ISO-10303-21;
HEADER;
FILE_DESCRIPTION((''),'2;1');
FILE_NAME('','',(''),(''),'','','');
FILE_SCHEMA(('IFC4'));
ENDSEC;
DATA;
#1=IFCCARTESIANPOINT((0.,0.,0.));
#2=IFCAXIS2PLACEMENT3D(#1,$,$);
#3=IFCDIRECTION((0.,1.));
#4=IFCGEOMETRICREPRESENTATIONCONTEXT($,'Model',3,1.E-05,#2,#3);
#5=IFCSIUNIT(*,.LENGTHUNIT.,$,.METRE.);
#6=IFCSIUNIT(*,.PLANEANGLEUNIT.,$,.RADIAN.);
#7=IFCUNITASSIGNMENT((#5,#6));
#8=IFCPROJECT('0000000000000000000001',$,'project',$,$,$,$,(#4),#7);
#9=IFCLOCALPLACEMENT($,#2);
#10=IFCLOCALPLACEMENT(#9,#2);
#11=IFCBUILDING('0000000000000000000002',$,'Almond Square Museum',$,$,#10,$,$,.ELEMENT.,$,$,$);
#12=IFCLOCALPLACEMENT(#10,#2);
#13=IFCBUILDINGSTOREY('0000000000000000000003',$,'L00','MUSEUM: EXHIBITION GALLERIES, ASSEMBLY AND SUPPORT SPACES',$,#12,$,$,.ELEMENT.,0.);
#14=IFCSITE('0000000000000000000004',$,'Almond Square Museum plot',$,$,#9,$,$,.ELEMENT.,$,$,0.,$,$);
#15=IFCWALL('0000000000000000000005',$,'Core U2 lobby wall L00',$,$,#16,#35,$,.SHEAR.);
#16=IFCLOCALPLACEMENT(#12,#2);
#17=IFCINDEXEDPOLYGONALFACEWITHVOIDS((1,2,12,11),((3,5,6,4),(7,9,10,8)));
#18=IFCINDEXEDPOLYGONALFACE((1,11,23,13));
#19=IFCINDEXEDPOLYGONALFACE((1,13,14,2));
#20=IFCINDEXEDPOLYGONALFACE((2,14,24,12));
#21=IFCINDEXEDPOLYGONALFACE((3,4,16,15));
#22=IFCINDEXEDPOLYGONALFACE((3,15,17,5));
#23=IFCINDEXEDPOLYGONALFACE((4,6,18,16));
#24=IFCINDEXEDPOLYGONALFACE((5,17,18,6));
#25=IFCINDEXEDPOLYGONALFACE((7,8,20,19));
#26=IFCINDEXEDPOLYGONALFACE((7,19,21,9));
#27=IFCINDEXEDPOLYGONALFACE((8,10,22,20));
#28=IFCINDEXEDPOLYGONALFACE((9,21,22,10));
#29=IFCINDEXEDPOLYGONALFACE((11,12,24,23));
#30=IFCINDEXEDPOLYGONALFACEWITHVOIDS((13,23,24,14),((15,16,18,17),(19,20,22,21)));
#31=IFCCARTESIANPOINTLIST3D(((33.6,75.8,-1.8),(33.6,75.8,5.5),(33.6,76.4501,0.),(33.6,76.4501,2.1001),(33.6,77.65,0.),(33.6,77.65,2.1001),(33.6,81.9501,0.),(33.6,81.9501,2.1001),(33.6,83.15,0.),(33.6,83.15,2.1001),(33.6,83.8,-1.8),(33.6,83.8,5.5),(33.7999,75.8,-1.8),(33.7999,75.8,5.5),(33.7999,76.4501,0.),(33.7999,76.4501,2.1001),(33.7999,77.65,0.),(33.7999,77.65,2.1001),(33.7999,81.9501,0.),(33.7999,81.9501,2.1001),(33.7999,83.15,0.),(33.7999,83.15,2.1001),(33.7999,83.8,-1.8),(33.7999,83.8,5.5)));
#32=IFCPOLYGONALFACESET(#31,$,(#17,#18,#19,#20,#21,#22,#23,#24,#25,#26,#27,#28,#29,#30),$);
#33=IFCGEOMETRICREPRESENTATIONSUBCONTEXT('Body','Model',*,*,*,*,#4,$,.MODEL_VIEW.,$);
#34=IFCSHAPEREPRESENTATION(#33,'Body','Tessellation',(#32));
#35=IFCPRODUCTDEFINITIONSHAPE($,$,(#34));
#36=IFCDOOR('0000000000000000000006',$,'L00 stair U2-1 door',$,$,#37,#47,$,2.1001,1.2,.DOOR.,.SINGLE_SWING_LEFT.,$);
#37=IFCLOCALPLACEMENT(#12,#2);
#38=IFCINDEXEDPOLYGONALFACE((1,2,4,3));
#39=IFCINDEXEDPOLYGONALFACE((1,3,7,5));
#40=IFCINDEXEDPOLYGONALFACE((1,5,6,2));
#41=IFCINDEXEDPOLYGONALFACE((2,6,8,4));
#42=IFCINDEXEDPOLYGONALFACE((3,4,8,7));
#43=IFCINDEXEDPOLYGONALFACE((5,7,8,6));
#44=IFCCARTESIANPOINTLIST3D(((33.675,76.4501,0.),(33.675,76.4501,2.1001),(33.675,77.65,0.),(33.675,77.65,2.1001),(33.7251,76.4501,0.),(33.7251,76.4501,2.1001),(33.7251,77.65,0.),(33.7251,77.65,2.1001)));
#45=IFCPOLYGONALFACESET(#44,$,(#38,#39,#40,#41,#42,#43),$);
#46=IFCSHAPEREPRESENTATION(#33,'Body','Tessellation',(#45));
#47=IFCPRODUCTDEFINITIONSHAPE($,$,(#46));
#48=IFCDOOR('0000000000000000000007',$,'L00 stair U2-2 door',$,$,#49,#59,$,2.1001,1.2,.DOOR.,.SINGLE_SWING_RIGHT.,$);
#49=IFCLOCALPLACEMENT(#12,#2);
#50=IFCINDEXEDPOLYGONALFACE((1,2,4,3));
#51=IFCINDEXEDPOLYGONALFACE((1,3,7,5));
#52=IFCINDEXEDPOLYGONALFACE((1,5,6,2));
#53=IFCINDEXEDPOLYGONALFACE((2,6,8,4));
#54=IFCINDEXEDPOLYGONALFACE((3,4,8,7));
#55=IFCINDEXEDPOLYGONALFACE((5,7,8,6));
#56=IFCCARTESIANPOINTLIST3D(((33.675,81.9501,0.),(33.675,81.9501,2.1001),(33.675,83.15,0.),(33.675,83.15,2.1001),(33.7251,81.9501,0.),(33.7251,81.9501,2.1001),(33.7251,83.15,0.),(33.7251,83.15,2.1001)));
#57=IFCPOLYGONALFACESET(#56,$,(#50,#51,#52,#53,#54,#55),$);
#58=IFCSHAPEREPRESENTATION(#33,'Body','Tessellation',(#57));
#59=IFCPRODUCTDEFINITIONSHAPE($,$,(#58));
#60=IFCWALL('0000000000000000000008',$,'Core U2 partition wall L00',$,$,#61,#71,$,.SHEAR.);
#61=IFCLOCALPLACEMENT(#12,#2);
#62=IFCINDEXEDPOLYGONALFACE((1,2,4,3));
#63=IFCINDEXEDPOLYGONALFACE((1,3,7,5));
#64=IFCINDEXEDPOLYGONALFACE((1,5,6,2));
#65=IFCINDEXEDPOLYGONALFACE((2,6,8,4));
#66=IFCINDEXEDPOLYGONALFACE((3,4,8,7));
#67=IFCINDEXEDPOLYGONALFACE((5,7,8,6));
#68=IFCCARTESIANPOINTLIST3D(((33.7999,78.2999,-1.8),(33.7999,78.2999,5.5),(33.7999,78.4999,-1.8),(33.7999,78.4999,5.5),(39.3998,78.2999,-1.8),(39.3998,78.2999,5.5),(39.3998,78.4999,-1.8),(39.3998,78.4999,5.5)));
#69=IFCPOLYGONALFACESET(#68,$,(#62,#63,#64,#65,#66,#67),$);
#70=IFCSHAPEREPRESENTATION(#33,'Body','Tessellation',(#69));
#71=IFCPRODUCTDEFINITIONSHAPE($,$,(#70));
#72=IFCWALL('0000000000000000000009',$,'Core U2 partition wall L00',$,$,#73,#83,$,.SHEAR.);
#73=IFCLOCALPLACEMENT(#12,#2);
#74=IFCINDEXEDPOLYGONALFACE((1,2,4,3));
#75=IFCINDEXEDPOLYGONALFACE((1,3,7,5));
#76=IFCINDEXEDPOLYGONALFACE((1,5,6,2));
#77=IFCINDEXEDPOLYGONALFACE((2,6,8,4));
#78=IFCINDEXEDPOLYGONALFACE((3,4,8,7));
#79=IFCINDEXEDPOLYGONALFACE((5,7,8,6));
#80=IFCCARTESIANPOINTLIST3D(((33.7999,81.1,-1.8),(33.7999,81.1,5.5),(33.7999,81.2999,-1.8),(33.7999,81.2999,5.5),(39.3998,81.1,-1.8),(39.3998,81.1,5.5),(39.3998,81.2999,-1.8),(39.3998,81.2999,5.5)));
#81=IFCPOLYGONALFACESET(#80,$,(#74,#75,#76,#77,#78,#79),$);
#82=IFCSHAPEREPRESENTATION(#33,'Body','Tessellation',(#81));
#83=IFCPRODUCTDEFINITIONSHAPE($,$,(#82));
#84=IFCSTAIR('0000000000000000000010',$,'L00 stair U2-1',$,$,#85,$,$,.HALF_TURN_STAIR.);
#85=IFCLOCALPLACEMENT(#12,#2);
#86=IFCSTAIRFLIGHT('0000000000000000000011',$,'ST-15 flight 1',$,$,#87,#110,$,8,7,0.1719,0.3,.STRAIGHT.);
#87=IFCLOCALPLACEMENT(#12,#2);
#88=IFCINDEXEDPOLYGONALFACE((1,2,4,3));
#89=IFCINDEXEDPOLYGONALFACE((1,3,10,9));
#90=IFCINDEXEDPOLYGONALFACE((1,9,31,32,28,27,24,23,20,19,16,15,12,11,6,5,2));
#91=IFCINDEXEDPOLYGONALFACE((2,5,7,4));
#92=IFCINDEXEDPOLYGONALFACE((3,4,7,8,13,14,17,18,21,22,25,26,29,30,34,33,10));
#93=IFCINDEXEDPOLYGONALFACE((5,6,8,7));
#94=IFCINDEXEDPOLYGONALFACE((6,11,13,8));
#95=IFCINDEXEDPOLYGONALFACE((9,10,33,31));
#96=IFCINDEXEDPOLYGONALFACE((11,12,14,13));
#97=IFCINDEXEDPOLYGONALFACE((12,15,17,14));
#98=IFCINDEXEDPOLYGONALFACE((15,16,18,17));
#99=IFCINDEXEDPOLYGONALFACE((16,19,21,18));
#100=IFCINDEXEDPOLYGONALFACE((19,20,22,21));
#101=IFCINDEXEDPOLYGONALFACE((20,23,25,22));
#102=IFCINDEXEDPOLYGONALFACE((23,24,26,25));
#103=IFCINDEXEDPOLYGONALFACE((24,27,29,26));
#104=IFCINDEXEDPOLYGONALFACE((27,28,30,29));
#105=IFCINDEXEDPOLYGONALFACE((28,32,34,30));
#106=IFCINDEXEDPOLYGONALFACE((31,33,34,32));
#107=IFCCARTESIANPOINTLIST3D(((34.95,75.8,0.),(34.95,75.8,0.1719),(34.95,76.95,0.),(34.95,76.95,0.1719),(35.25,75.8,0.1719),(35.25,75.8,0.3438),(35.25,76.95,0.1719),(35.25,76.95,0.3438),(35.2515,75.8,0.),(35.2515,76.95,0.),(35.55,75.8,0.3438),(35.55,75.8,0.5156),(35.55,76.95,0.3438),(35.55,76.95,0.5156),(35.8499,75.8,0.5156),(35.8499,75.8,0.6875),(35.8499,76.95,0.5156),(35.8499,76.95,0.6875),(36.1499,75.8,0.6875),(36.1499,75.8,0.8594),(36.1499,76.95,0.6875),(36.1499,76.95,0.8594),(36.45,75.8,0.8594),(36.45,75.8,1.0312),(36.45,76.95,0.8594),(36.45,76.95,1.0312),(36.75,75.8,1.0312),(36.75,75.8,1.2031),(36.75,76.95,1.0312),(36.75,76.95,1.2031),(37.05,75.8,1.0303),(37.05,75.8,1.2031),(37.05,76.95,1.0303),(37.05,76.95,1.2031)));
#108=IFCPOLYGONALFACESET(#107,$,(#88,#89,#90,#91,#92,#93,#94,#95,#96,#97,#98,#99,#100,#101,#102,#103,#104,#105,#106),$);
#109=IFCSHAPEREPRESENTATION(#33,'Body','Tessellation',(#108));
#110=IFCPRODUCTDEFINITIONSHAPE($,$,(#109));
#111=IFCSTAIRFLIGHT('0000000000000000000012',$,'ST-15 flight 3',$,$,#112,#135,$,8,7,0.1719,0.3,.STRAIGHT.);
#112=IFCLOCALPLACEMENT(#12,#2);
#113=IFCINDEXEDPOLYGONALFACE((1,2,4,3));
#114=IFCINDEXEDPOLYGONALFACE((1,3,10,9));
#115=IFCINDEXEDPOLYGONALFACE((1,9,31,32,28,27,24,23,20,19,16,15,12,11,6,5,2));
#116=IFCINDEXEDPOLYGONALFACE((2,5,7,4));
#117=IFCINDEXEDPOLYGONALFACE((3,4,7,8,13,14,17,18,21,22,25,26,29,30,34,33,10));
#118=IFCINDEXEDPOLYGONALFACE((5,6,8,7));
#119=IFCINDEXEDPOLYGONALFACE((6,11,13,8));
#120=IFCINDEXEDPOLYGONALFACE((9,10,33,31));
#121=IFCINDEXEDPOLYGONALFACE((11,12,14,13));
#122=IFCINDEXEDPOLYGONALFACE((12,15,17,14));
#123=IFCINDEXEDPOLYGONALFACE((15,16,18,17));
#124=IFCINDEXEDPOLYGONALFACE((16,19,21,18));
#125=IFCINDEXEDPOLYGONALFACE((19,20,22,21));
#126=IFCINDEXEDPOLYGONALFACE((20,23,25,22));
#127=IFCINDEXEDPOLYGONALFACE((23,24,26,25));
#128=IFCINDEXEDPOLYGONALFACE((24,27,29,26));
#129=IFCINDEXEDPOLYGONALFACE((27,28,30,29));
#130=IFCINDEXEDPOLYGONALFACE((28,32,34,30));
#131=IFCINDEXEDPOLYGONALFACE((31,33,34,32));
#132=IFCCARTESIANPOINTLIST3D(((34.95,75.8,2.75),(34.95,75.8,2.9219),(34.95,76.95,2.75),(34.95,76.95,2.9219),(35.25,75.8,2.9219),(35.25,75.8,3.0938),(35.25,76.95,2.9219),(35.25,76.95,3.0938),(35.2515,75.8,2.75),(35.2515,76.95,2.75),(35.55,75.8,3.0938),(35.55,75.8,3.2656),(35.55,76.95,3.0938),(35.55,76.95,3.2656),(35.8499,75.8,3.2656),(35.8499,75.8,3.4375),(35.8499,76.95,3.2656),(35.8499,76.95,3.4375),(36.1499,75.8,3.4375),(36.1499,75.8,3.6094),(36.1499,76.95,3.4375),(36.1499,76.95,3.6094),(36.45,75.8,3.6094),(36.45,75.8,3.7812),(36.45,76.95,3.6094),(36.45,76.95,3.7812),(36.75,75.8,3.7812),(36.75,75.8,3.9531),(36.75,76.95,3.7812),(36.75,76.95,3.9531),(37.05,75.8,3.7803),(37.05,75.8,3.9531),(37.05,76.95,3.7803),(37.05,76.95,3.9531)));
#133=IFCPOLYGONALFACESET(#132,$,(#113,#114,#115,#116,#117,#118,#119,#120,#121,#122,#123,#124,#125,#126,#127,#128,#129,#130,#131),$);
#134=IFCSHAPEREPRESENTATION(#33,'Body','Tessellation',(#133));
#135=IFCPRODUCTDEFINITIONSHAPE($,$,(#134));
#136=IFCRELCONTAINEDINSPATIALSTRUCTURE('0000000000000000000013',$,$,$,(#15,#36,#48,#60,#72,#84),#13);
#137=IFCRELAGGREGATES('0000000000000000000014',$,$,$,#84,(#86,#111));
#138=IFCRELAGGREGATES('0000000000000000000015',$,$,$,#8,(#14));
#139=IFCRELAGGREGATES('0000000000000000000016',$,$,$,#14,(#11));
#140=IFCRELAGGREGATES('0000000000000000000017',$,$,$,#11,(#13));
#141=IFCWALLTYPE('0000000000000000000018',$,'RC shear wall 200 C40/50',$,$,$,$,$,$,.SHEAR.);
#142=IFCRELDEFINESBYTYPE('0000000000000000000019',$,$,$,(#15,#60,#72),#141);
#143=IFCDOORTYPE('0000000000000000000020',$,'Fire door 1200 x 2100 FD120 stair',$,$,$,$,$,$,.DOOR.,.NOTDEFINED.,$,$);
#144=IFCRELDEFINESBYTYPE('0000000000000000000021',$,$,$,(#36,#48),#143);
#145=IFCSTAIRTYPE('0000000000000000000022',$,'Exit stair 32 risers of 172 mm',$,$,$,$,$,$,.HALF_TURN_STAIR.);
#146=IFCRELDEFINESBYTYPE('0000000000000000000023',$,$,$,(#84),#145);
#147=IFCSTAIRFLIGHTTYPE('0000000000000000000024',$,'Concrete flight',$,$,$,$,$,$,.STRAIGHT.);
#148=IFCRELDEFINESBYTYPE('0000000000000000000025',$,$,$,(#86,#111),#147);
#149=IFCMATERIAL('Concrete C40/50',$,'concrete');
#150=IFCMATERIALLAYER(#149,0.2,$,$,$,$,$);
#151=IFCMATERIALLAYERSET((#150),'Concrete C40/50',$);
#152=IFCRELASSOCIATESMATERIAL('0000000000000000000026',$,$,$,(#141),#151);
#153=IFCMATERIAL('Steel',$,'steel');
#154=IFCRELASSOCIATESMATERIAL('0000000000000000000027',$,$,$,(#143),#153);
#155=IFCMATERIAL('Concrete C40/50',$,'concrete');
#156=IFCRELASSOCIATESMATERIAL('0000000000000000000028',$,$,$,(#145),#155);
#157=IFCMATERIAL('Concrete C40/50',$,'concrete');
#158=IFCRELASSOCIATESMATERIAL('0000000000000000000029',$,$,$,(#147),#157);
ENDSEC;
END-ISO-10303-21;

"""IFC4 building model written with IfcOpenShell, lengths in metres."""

from ifc_helpers import new_model, si_unit, direction, frame, frame_2d, origin, place, context, subcontext, project, spatial, polyline, rectangle, outline, extrude, material, layer, layer_set, type_object, element, fill, aggregate, save


model = new_model("IFC4")

# Units and contexts
model_context = context("Model", 3, precision=1e-05, world=origin(), true_north=direction((0.0, 1.0)))
body_context = subcontext(model_context, "Body", "Model", "MODEL_VIEW")
ifc_project = project(units=[si_unit("LENGTHUNIT", "METRE"), si_unit("PLANEANGLEUNIT", "RADIAN")], contexts=[model_context])

# Site, building, storey
site_placement = place(None, origin())
site = spatial("IfcSite", under=ifc_project, at=site_placement, Name="Almond Square Museum plot", CompositionType="ELEMENT", RefElevation=0.0)
building_placement = place(site_placement, origin())
building = spatial("IfcBuilding", under=site, at=building_placement, Name="Almond Square Museum", CompositionType="ELEMENT")
storey_placement = place(building_placement, origin())
storey = spatial("IfcBuildingStorey", under=building, at=storey_placement, Name="L00", Description="MUSEUM: EXHIBITION GALLERIES, ASSEMBLY AND SUPPORT SPACES", CompositionType="ELEMENT", Elevation=0.0)

# Shared definitions
ifc_material_1 = material(Name="Concrete C40/50", Category="concrete")
ifc_layer = layer(ifc_material_1, 0.2)
ifc_layer_set = layer_set([ifc_layer], Name="Concrete C40/50")
wall_type = type_object("IfcWallType", Name="RC shear wall 200 C40/50", PredefinedType="SHEAR", material=ifc_layer_set)

# Wall, openings, doors
wall_1_placement = place(storey_placement, frame((33.7, 75.8, -1.8), z_axis=(0.0, 0.0, 1.0), x_axis=(0.0, 1.0, 0.0)))
wall_1 = element("IfcWall", 1, at=wall_1_placement, inside=storey, type_object=wall_type, Name="Core U2 lobby wall L00", PredefinedType="SHEAR", context=body_context, shape_type="SweptSolid", body=[
    extrude(rectangle(XDim=8.0, YDim=0.2, at=frame_2d((4.0, 0.0))), origin(), (0.0, 0.0, 1.0), 7.3),
])
opening_1_placement = place(wall_1_placement, frame((0.6499, 0.0, 1.8)))
opening_1 = element("IfcOpeningElement", 2, at=opening_1_placement, cuts=wall_1, PredefinedType="OPENING", context=body_context, shape_type="SweptSolid", body=[
    extrude(rectangle(XDim=1.2, YDim=2.1001, at=frame_2d((0.6001, 1.05))), frame((0.0, 0.1099, 0.0), z_axis=(0.0, -1.0, 0.0), x_axis=(1.0, 0.0, 0.0)), (0.0, 0.0, 1.0), 0.22),
])
opening_2_placement = place(wall_1_placement, frame((6.1499, 0.0, 1.8)))
opening_2 = element("IfcOpeningElement", 3, at=opening_2_placement, cuts=wall_1, PredefinedType="OPENING", context=body_context, shape_type="SweptSolid", body=[
    extrude(rectangle(XDim=1.2, YDim=2.1001, at=frame_2d((0.6001, 1.05))), frame((0.0, 0.1099, 0.0), z_axis=(0.0, -1.0, 0.0), x_axis=(1.0, 0.0, 0.0)), (0.0, 0.0, 1.0), 0.22),
])
ifc_material_2 = material(Name="Steel", Category="steel")
door_type_1 = type_object("IfcDoorType", Name="Fire door 1200 x 2100 FD120 stair", OperationType="NOTDEFINED", PredefinedType="DOOR", material=ifc_material_2)
door_1_placement = place(opening_1_placement, origin())
door_1 = element("IfcDoor", 4, at=door_1_placement, inside=storey, type_object=door_type_1, Name="L00 stair U2-1 door", OperationType="SINGLE_SWING_LEFT", OverallHeight=2.1001, OverallWidth=1.2, PredefinedType="DOOR", context=body_context, shape_type="SweptSolid", body=[
    extrude(rectangle(XDim=1.2, YDim=2.1001, at=frame_2d((0.6001, 1.05))), frame((0.0, 0.0249, 0.0), z_axis=(0.0, -1.0, 0.0), x_axis=(1.0, 0.0, 0.0)), (0.0, 0.0, 1.0), 0.05),
])
fill(opening_1, door_1)
door_2_placement = place(opening_2_placement, origin())
door_2 = element("IfcDoor", 5, at=door_2_placement, inside=storey, type_object=door_type_1, Name="L00 stair U2-2 door", OperationType="SINGLE_SWING_RIGHT", OverallHeight=2.1001, OverallWidth=1.2, PredefinedType="DOOR", context=body_context, shape_type="SweptSolid", body=[
    extrude(rectangle(XDim=1.2, YDim=2.1001, at=frame_2d((0.6001, 1.05))), frame((0.0, 0.0249, 0.0), z_axis=(0.0, -1.0, 0.0), x_axis=(1.0, 0.0, 0.0)), (0.0, 0.0, 1.0), 0.05),
])
fill(opening_2, door_2)

# Walls
for number, where, z_axis, x_axis, name in (
    (6, (33.8, 78.3999, -1.8), (0.0, 0.0, 1.0), (1.0, 0.0, 0.0), "Core U2 partition wall L00"),
    (7, (33.8, 81.2, -1.8), (0.0, 0.0, 1.0), (1.0, 0.0, 0.0), "Core U2 partition wall L00"),
):
    element("IfcWall", number, at=place(storey_placement, frame(where, z_axis=z_axis, x_axis=x_axis)), inside=storey, type_object=wall_type, Name=name, PredefinedType="SHEAR", context=body_context, shape_type="SweptSolid", body=[
        extrude(rectangle(XDim=5.5999, YDim=0.2, at=frame_2d((2.7998, 0.0))), origin(), (0.0, 0.0, 1.0), 7.3),
    ])

# Stair, stair flights
ifc_material_3 = material(Name="Concrete C40/50", Category="concrete")
stair_type = type_object("IfcStairType", Name="Exit stair 32 risers of 172 mm", PredefinedType="HALF_TURN_STAIR", material=ifc_material_3)
stair_placement = place(storey_placement, origin())
stair = element("IfcStair", 8, at=stair_placement, inside=storey, type_object=stair_type, Name="L00 stair U2-1", PredefinedType="HALF_TURN_STAIR")
ifc_material_4 = material(Name="Concrete C40/50", Category="concrete")
stair_flight_type = type_object("IfcStairFlightType", Name="Concrete flight", PredefinedType="STRAIGHT", material=ifc_material_4)
stair_flight_1_placement = place(storey_placement, frame((34.95, 76.375, 0.0), z_axis=(0.0, 0.0, 1.0), x_axis=(1.0, 0.0, 0.0)))
stair_flight_1 = element("IfcStairFlight", 9, at=stair_flight_1_placement, type_object=stair_flight_type, Name="ST-15 flight 1", NumberOfRisers=8, NumberOfTreads=7, PredefinedType="STRAIGHT", RiserHeight=0.1719, TreadLength=0.3, context=body_context, shape_type="SweptSolid", body=[
    extrude(outline(polyline([(0.0, 0.0), (0.0, 0.1719), (0.3, 0.1719), (0.3, 0.3438), (0.6001, 0.3438), (0.6001, 0.5156), (0.8999, 0.5156), (0.8999, 0.6875), (1.2, 0.6875), (1.2, 0.8594), (1.5, 0.8594), (1.5, 1.0312), (1.8, 1.0312), (1.8, 1.2031), (2.1001, 1.2031), (2.1001, 1.375), (2.1001, 1.0303), (0.3015, 0.0), (0.0, 0.0)])), frame((0.0, 0.575, 0.0), z_axis=(0.0, -1.0, 0.0), x_axis=(1.0, 0.0, 0.0)), (0.0, 0.0, 1.0), 1.1499),
])
stair_flight_2_placement = place(storey_placement, frame((34.95, 76.375, 2.75), z_axis=(0.0, 0.0, 1.0), x_axis=(1.0, 0.0, 0.0)))
stair_flight_2 = element("IfcStairFlight", 10, at=stair_flight_2_placement, type_object=stair_flight_type, Name="ST-15 flight 3", NumberOfRisers=8, NumberOfTreads=7, PredefinedType="STRAIGHT", RiserHeight=0.1719, TreadLength=0.3, context=body_context, shape_type="SweptSolid", body=[
    extrude(outline(polyline([(0.0, 0.0), (0.0, 0.1719), (0.3, 0.1719), (0.3, 0.3438), (0.6001, 0.3438), (0.6001, 0.5156), (0.8999, 0.5156), (0.8999, 0.6875), (1.2, 0.6875), (1.2, 0.8594), (1.5, 0.8594), (1.5, 1.0312), (1.8, 1.0312), (1.8, 1.2031), (2.1001, 1.2031), (2.1001, 1.375), (2.1001, 1.0303), (0.3015, 0.0), (0.0, 0.0)])), frame((0.0, 0.575, 0.0), z_axis=(0.0, -1.0, 0.0), x_axis=(1.0, 0.0, 0.0)), (0.0, 0.0, 1.0), 1.1499),
])
aggregate(stair, [stair_flight_1, stair_flight_2])

save(model, "model.ifc")
